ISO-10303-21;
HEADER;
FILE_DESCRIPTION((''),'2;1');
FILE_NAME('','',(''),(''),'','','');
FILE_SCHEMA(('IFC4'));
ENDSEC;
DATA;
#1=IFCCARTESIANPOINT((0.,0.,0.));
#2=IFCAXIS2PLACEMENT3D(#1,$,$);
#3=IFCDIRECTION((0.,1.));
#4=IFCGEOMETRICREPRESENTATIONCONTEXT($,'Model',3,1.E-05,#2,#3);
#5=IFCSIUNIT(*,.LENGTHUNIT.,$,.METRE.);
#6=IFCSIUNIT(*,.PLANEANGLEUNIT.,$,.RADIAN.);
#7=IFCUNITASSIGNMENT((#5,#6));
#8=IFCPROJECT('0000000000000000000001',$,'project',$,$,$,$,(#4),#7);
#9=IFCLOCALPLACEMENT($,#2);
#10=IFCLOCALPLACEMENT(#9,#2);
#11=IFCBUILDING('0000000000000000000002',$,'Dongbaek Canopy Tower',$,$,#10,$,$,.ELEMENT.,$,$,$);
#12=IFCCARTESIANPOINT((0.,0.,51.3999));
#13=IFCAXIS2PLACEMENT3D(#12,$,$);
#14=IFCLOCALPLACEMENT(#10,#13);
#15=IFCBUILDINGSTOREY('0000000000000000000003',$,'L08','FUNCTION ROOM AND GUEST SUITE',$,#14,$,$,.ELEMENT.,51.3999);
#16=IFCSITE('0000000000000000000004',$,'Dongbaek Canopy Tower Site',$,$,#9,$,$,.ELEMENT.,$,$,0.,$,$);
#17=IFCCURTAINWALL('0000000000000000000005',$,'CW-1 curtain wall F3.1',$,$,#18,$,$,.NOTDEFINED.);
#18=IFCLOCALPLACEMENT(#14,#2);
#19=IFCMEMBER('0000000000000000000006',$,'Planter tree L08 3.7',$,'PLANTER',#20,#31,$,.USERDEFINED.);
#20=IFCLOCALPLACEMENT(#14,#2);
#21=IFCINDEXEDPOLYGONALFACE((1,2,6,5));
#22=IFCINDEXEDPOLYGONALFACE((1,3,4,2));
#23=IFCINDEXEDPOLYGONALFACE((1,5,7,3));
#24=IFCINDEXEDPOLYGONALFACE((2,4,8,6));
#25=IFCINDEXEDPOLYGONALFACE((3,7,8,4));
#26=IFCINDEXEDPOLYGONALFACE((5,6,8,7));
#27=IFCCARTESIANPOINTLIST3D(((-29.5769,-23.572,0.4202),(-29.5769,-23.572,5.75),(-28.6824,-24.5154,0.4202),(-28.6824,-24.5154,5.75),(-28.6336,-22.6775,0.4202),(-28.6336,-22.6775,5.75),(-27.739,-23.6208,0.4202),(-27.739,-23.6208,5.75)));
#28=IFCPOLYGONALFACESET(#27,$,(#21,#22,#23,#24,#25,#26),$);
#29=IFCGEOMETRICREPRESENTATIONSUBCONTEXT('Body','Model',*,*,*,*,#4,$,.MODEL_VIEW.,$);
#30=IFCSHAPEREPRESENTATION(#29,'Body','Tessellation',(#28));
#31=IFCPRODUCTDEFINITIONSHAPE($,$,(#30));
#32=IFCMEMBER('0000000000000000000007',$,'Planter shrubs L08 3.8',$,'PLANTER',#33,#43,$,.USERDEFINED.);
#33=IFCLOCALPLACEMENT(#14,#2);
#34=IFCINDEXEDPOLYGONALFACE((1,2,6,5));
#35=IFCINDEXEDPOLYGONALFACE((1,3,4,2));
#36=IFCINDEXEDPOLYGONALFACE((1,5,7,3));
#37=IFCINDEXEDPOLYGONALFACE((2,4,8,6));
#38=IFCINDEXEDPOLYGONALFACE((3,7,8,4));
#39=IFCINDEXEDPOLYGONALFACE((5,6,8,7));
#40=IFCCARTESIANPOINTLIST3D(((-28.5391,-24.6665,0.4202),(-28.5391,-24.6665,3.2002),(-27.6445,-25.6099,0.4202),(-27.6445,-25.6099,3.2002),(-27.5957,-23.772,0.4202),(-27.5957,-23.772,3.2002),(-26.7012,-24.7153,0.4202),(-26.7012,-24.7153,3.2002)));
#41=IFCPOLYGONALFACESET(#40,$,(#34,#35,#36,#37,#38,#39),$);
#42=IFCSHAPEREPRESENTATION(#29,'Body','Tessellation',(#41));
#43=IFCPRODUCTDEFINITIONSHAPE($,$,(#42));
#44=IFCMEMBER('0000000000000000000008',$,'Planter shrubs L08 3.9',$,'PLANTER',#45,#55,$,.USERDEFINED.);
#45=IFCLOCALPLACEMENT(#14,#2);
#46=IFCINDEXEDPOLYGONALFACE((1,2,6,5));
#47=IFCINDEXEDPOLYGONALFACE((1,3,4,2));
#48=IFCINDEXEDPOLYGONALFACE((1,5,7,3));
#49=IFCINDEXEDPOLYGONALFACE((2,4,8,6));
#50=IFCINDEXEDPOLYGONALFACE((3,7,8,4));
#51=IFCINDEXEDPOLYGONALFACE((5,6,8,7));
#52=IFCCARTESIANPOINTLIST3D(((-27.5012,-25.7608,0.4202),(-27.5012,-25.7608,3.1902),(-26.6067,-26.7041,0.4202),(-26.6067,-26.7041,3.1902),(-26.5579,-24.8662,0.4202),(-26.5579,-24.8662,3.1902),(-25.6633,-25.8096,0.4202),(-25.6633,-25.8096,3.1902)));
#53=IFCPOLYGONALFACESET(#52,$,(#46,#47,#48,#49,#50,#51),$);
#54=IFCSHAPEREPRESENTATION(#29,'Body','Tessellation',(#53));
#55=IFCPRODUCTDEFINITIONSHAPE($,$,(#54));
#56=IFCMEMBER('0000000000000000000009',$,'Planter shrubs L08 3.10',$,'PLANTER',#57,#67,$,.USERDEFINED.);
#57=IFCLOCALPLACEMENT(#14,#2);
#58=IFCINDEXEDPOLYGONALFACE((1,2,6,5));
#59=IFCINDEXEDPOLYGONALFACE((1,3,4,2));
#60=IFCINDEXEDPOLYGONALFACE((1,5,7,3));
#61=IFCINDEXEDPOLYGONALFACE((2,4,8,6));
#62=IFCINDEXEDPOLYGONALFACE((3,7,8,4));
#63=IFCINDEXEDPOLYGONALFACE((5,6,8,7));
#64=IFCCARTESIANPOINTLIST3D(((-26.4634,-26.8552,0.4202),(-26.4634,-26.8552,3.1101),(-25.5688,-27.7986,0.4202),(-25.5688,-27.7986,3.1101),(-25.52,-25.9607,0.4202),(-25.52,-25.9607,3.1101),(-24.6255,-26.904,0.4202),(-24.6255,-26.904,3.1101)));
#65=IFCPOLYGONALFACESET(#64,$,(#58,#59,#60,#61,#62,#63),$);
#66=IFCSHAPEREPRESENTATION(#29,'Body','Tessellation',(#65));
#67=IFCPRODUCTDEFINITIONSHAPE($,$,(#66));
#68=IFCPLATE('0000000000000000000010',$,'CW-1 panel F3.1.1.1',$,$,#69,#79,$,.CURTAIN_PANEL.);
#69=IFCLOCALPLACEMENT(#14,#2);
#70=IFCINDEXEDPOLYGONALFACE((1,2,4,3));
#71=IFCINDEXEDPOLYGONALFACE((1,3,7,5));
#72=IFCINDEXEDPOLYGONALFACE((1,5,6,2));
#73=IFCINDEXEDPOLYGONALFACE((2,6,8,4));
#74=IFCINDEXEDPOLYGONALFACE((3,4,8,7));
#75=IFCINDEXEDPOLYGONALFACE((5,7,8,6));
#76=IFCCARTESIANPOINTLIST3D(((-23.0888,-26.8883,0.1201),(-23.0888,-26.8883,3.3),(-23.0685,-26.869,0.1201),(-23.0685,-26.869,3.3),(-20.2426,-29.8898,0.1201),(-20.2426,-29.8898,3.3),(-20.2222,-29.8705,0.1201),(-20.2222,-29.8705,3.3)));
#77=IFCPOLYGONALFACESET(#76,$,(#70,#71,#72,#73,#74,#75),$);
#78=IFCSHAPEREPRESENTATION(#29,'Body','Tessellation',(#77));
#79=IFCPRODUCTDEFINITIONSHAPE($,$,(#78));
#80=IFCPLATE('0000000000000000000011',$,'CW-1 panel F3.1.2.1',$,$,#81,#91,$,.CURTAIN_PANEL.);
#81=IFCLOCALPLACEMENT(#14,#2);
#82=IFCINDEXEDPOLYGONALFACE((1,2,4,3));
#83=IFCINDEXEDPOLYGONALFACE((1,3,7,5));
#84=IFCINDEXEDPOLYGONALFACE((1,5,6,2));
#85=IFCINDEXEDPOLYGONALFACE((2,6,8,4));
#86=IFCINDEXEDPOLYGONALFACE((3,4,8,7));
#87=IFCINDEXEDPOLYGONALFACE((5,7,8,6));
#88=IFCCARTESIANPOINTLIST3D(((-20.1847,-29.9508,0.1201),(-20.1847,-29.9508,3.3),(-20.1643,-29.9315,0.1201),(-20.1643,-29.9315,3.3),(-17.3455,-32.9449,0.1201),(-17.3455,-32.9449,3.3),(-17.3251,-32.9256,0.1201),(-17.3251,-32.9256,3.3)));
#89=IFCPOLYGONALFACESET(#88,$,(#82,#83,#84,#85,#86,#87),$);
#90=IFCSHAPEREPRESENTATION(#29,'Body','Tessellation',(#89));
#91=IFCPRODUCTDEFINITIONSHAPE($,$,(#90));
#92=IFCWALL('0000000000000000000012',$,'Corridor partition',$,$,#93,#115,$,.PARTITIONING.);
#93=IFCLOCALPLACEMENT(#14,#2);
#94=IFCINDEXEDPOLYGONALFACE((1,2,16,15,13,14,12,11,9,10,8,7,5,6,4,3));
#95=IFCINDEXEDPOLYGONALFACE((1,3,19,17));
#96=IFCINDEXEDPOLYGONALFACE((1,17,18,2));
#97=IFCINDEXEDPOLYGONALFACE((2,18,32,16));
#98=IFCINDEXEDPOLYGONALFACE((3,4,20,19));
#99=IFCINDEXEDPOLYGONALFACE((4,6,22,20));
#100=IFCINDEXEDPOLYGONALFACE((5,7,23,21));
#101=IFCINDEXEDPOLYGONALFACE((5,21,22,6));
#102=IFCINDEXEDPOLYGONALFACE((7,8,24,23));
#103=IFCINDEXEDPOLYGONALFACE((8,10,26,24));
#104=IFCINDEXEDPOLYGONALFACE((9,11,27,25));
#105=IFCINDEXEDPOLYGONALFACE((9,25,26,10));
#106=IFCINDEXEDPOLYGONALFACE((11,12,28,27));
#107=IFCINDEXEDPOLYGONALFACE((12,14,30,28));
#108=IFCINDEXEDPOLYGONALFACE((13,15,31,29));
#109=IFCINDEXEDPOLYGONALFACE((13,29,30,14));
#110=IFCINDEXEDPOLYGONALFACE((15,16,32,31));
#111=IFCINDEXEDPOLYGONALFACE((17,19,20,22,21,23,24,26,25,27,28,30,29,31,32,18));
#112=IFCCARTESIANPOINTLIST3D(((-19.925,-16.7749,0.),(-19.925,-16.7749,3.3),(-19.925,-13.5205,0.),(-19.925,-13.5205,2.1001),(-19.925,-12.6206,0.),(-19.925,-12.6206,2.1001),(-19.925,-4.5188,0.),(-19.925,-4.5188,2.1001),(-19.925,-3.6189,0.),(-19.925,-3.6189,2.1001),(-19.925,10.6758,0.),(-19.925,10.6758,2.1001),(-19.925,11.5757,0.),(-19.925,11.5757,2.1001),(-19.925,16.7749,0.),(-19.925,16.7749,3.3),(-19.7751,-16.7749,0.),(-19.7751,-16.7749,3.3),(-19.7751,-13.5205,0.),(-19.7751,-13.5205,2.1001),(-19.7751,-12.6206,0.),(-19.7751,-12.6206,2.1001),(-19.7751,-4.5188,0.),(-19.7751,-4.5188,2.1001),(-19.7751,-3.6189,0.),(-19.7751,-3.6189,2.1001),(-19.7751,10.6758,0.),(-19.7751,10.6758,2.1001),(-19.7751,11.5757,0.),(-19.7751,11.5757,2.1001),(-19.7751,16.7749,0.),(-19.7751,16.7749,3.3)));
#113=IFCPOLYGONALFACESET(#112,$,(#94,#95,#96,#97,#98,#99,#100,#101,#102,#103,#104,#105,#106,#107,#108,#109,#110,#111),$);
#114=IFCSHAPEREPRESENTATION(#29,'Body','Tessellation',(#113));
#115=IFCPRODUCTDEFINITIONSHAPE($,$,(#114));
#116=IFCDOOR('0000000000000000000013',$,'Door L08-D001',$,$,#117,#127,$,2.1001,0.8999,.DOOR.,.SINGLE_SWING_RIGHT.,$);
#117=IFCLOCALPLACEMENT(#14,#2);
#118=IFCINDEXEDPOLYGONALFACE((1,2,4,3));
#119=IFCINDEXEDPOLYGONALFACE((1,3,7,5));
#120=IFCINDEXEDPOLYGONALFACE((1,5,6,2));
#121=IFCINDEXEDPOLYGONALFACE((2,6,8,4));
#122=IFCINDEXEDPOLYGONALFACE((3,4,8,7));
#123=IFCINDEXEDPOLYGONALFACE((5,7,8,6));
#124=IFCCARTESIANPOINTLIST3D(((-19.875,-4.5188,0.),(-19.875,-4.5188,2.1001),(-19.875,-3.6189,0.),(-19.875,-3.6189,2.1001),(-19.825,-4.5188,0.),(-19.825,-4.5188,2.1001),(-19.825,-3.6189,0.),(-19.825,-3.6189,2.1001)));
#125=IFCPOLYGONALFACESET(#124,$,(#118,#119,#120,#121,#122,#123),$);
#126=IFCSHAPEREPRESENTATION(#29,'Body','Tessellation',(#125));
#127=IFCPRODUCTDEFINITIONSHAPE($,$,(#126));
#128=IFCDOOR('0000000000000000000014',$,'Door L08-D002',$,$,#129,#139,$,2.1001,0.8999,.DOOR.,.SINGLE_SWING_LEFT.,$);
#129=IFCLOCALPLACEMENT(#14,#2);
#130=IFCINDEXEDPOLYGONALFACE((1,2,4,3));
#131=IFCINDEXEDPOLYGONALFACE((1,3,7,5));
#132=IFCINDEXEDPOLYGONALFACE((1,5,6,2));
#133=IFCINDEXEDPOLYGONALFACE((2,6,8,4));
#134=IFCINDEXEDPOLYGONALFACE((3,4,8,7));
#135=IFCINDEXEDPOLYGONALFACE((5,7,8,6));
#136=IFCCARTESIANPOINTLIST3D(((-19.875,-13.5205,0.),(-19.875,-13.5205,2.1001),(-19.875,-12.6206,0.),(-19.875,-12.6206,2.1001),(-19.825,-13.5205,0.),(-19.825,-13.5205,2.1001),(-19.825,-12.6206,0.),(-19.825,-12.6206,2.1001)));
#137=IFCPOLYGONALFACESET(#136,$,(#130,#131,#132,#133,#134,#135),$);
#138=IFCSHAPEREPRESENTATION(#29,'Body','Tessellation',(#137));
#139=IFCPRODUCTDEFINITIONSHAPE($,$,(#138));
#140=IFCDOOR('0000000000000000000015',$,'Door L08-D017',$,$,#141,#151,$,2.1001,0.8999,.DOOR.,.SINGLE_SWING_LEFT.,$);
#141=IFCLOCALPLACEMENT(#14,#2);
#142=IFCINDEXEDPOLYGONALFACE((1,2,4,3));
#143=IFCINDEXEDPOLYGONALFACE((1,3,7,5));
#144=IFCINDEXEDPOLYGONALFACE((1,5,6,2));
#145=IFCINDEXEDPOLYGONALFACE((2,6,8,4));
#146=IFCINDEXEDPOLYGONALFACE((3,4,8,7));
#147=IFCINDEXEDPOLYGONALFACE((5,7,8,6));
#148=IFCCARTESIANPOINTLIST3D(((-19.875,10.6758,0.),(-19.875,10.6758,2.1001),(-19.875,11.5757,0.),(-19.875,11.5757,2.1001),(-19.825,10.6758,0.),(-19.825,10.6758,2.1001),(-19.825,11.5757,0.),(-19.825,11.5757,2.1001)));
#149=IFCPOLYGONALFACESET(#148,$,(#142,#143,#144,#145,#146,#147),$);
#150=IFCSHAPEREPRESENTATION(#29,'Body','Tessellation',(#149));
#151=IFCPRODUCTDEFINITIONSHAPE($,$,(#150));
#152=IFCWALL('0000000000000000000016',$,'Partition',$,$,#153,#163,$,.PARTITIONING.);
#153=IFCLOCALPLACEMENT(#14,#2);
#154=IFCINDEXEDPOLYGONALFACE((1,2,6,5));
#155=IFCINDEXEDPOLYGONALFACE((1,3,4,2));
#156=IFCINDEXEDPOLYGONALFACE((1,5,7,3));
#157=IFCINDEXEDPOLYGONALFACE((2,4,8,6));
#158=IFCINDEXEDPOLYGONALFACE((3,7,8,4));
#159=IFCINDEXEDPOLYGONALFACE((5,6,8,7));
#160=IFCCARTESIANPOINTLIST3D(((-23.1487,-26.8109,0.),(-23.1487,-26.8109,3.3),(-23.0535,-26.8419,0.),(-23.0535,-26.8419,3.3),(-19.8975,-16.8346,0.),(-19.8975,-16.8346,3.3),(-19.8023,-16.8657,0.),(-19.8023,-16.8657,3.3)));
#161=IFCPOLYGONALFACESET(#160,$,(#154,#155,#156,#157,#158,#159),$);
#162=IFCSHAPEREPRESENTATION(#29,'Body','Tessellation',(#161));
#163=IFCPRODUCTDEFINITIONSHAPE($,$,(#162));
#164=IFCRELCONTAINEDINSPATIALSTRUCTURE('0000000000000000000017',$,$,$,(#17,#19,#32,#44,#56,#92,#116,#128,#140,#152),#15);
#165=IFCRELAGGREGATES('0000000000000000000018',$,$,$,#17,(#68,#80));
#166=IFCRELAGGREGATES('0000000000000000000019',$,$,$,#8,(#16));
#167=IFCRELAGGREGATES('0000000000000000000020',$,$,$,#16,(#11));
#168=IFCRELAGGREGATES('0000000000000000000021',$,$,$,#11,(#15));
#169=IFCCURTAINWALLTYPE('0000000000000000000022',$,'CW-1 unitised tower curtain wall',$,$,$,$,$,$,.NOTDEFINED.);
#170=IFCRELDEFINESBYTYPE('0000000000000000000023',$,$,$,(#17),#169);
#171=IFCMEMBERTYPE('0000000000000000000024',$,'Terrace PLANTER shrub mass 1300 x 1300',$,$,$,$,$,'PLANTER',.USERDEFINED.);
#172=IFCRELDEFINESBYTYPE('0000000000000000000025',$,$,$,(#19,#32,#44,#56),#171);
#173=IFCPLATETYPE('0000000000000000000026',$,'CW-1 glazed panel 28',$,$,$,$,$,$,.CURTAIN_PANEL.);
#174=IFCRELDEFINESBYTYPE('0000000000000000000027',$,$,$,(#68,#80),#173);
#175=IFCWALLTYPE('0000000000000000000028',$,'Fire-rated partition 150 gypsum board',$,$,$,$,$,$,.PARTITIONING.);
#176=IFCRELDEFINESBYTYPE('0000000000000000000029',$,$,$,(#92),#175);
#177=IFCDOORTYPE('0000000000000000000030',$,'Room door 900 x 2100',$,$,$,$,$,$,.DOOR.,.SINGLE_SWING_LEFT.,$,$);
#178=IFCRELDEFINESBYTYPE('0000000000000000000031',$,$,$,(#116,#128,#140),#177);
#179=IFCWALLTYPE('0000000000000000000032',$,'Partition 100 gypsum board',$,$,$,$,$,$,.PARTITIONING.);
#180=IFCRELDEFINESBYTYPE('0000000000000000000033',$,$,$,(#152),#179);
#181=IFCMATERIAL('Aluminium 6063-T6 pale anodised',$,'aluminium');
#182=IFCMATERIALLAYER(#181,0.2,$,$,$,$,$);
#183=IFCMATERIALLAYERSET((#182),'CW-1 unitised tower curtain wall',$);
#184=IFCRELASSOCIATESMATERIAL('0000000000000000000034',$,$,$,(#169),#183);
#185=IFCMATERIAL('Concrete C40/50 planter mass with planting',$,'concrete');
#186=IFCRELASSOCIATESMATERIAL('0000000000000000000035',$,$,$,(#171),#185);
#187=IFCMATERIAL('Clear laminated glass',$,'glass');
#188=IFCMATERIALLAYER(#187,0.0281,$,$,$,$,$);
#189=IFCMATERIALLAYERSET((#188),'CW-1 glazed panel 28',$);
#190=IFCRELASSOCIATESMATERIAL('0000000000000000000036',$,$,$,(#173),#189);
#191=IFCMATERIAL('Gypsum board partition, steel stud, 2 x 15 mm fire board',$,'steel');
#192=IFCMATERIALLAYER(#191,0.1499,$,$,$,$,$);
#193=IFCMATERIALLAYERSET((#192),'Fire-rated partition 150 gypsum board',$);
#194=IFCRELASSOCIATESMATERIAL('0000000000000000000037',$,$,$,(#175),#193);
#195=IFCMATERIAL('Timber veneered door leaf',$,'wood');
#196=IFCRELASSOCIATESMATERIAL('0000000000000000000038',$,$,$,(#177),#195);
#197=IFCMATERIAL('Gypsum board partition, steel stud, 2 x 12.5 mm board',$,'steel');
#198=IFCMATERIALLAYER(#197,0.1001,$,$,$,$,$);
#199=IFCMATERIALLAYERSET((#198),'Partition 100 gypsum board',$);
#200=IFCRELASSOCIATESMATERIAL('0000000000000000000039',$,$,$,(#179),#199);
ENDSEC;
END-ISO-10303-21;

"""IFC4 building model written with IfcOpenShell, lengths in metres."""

from ifc_helpers import new_model, si_unit, direction, frame, frame_2d, origin, origin_2d, place, context, subcontext, project, spatial, rectangle, extrude, material, layer, layer_set, material_profile, profile_set, type_object, element, fill, aggregate, save


model = new_model("IFC4")

# Units and contexts
model_context = context("Model", 3, precision=1e-05, world=origin(), true_north=direction((0.0, 1.0)))
body_context = subcontext(model_context, "Body", "Model", "MODEL_VIEW")
ifc_project = project(units=[si_unit("LENGTHUNIT", "METRE"), si_unit("PLANEANGLEUNIT", "RADIAN")], contexts=[model_context])

# Site, building, storey
site_placement = place(None, origin())
site = spatial("IfcSite", under=ifc_project, at=site_placement, Name="Dongbaek Canopy Tower Site", CompositionType="ELEMENT", RefElevation=0.0)
building_placement = place(site_placement, origin())
building = spatial("IfcBuilding", under=site, at=building_placement, Name="Dongbaek Canopy Tower", CompositionType="ELEMENT")
storey_placement = place(building_placement, frame((0.0, 0.0, 51.3999)))
storey = spatial("IfcBuildingStorey", under=building, at=storey_placement, Name="L08", Description="FUNCTION ROOM AND GUEST SUITE", CompositionType="ELEMENT", Elevation=51.3999)

# Curtain wall
ifc_material_1 = material(Name="Aluminium 6063-T6 pale anodised", Category="aluminium")
ifc_layer_1 = layer(ifc_material_1, 0.2)
ifc_layer_set_1 = layer_set([ifc_layer_1], Name="CW-1 unitised tower curtain wall")
curtain_wall_type = type_object("IfcCurtainWallType", Name="CW-1 unitised tower curtain wall", PredefinedType="NOTDEFINED", material=ifc_layer_set_1)
curtain_wall_placement = place(storey_placement, origin())
curtain_wall = element("IfcCurtainWall", 1, at=curtain_wall_placement, inside=storey, type_object=curtain_wall_type, Name="CW-1 curtain wall F3.1", PredefinedType="NOTDEFINED")

# Members
ifc_material_2 = material(Name="Concrete C40/50 planter mass with planting", Category="concrete")
ifc_material_profile_1 = material_profile(ifc_material_2, rectangle(XDim=1.3, YDim=1.3, at=origin_2d()), Name="Terrace PLANTER shrub mass 1300 x 1300")
ifc_profile_set_1 = profile_set([ifc_material_profile_1], Name="Concrete C40/50 planter mass with planting")
member_type_1 = type_object("IfcMemberType", Name="Terrace PLANTER shrub mass 1300 x 1300", ElementType="PLANTER", PredefinedType="USERDEFINED", material=ifc_profile_set_1)
member_1_placement = place(storey_placement, frame((-28.658, -23.5964, 0.4202), z_axis=(0.0, 0.0, 1.0), x_axis=(-0.725627, -0.688089, 0.0)))
element("IfcMember", 2, at=member_1_placement, inside=storey, type_object=member_type_1, Name="Planter tree L08 3.7", ObjectType="PLANTER", PredefinedType="USERDEFINED", context=body_context, shape_type="SweptSolid", body=[
    extrude(rectangle(XDim=1.3, YDim=1.3, at=origin_2d()), origin(), (0.0, 0.0, 1.0), 5.3298),
])
member_2_placement = place(storey_placement, frame((-27.6201, -24.6909, 0.4202), z_axis=(0.0, 0.0, 1.0), x_axis=(-0.725627, -0.688089, 0.0)))
element("IfcMember", 3, at=member_2_placement, inside=storey, type_object=member_type_1, Name="Planter shrubs L08 3.8", ObjectType="PLANTER", PredefinedType="USERDEFINED", context=body_context, shape_type="SweptSolid", body=[
    extrude(rectangle(XDim=1.3, YDim=1.3, at=origin_2d()), origin(), (0.0, 0.0, 1.0), 2.78),
])
member_3_placement = place(storey_placement, frame((-26.5823, -25.7852, 0.4202), z_axis=(0.0, 0.0, 1.0), x_axis=(-0.725627, -0.688089, 0.0)))
element("IfcMember", 4, at=member_3_placement, inside=storey, type_object=member_type_1, Name="Planter shrubs L08 3.9", ObjectType="PLANTER", PredefinedType="USERDEFINED", context=body_context, shape_type="SweptSolid", body=[
    extrude(rectangle(XDim=1.3, YDim=1.3, at=origin_2d()), origin(), (0.0, 0.0, 1.0), 2.77),
])
member_4_placement = place(storey_placement, frame((-25.5444, -26.8796, 0.4202), z_axis=(0.0, 0.0, 1.0), x_axis=(-0.725627, -0.688089, 0.0)))
element("IfcMember", 5, at=member_4_placement, inside=storey, type_object=member_type_1, Name="Planter shrubs L08 3.10", ObjectType="PLANTER", PredefinedType="USERDEFINED", context=body_context, shape_type="SweptSolid", body=[
    extrude(rectangle(XDim=1.3, YDim=1.3, at=origin_2d()), origin(), (0.0, 0.0, 1.0), 2.6899),
])

# Plates
ifc_material_3 = material(Name="Clear laminated glass", Category="glass")
ifc_layer_2 = layer(ifc_material_3, 0.0281)
ifc_layer_set_2 = layer_set([ifc_layer_2], Name="CW-1 glazed panel 28")
plate_type = type_object("IfcPlateType", Name="CW-1 glazed panel 28", PredefinedType="CURTAIN_PANEL", material=ifc_layer_set_2)
plate_1_placement = place(storey_placement, frame((-21.6555, -28.3794, 0.1201), z_axis=(0.0, 0.0, 1.0), x_axis=(0.688089, -0.725627, 0.0)))
plate_1 = element("IfcPlate", 6, at=plate_1_placement, type_object=plate_type, Name="CW-1 panel F3.1.1.1", PredefinedType="CURTAIN_PANEL", context=body_context, shape_type="SweptSolid", body=[
    extrude(rectangle(XDim=4.1365, YDim=0.0281, at=origin_2d()), origin(), (0.0, 0.0, 1.0), 3.1799),
])
plate_2_placement = place(storey_placement, frame((-18.7549, -31.4382, 0.1201), z_axis=(0.0, 0.0, 1.0), x_axis=(0.688089, -0.725627, 0.0)))
plate_2 = element("IfcPlate", 7, at=plate_2_placement, type_object=plate_type, Name="CW-1 panel F3.1.2.1", PredefinedType="CURTAIN_PANEL", context=body_context, shape_type="SweptSolid", body=[
    extrude(rectangle(XDim=4.1262, YDim=0.0281, at=origin_2d()), origin(), (0.0, 0.0, 1.0), 3.1799),
])

# Wall, openings, doors
ifc_material_4 = material(Name="Gypsum board partition, steel stud, 2 x 15 mm fire board", Category="steel")
ifc_layer_3 = layer(ifc_material_4, 0.1499)
ifc_layer_set_3 = layer_set([ifc_layer_3], Name="Fire-rated partition 150 gypsum board")
wall_type_1 = type_object("IfcWallType", Name="Fire-rated partition 150 gypsum board", PredefinedType="PARTITIONING", material=ifc_layer_set_3)
wall_1_placement = place(storey_placement, frame((-19.8501, -16.7749, 0.0), z_axis=(0.0, 0.0, 1.0), x_axis=(0.0, 1.0, 0.0)))
wall_1 = element("IfcWall", 8, at=wall_1_placement, inside=storey, type_object=wall_type_1, Name="Corridor partition", PredefinedType="PARTITIONING", context=body_context, shape_type="SweptSolid", body=[
    extrude(rectangle(XDim=33.5498, YDim=0.1499, at=frame_2d((16.7749, 0.0))), origin(), (0.0, 0.0, 1.0), 3.3),
])
opening_1_placement = place(wall_1_placement, frame((12.2561, 0.0, 0.0)))
opening_1 = element("IfcOpeningElement", 9, at=opening_1_placement, cuts=wall_1, PredefinedType="OPENING", context=body_context, shape_type="SweptSolid", body=[
    extrude(rectangle(XDim=0.8999, YDim=2.1001, at=frame_2d((0.45, 1.05))), frame((0.0, 0.085, 0.0), z_axis=(0.0, -1.0, 0.0), x_axis=(1.0, 0.0, 0.0)), (0.0, 0.0, 1.0), 0.1699),
])
opening_2_placement = place(wall_1_placement, frame((3.2544, 0.0, 0.0)))
opening_2 = element("IfcOpeningElement", 10, at=opening_2_placement, cuts=wall_1, PredefinedType="OPENING", context=body_context, shape_type="SweptSolid", body=[
    extrude(rectangle(XDim=0.8999, YDim=2.1001, at=frame_2d((0.45, 1.05))), frame((0.0, 0.085, 0.0), z_axis=(0.0, -1.0, 0.0), x_axis=(1.0, 0.0, 0.0)), (0.0, 0.0, 1.0), 0.1699),
])
opening_3_placement = place(wall_1_placement, frame((27.4507, 0.0, 0.0)))
opening_3 = element("IfcOpeningElement", 11, at=opening_3_placement, cuts=wall_1, PredefinedType="OPENING", context=body_context, shape_type="SweptSolid", body=[
    extrude(rectangle(XDim=0.8999, YDim=2.1001, at=frame_2d((0.45, 1.05))), frame((0.0, 0.085, 0.0), z_axis=(0.0, -1.0, 0.0), x_axis=(1.0, 0.0, 0.0)), (0.0, 0.0, 1.0), 0.1699),
])
ifc_material_5 = material(Name="Timber veneered door leaf", Category="wood")
door_type = type_object("IfcDoorType", Name="Room door 900 x 2100", OperationType="SINGLE_SWING_LEFT", PredefinedType="DOOR", material=ifc_material_5)
door_1_placement = place(opening_1_placement, origin())
door_1 = element("IfcDoor", 12, at=door_1_placement, inside=storey, type_object=door_type, Name="Door L08-D001", OperationType="SINGLE_SWING_RIGHT", OverallHeight=2.1001, OverallWidth=0.8999, PredefinedType="DOOR", context=body_context, shape_type="SweptSolid", body=[
    extrude(rectangle(XDim=0.8999, YDim=2.1001, at=frame_2d((0.45, 1.05))), frame((0.0, 0.0249, 0.0), z_axis=(0.0, -1.0, 0.0), x_axis=(1.0, 0.0, 0.0)), (0.0, 0.0, 1.0), 0.05),
])
fill(opening_1, door_1)
door_2_placement = place(opening_2_placement, origin())
door_2 = element("IfcDoor", 13, at=door_2_placement, inside=storey, type_object=door_type, Name="Door L08-D002", OperationType="SINGLE_SWING_LEFT", OverallHeight=2.1001, OverallWidth=0.8999, PredefinedType="DOOR", context=body_context, shape_type="SweptSolid", body=[
    extrude(rectangle(XDim=0.8999, YDim=2.1001, at=frame_2d((0.45, 1.05))), frame((0.0, 0.0249, 0.0), z_axis=(0.0, -1.0, 0.0), x_axis=(1.0, 0.0, 0.0)), (0.0, 0.0, 1.0), 0.05),
])
fill(opening_2, door_2)
door_3_placement = place(opening_3_placement, origin())
door_3 = element("IfcDoor", 14, at=door_3_placement, inside=storey, type_object=door_type, Name="Door L08-D017", OperationType="SINGLE_SWING_LEFT", OverallHeight=2.1001, OverallWidth=0.8999, PredefinedType="DOOR", context=body_context, shape_type="SweptSolid", body=[
    extrude(rectangle(XDim=0.8999, YDim=2.1001, at=frame_2d((0.45, 1.05))), frame((0.0, 0.0249, 0.0), z_axis=(0.0, -1.0, 0.0), x_axis=(1.0, 0.0, 0.0)), (0.0, 0.0, 1.0), 0.05),
])
fill(opening_3, door_3)

# Wall
ifc_material_6 = material(Name="Gypsum board partition, steel stud, 2 x 12.5 mm board", Category="steel")
ifc_layer_4 = layer(ifc_material_6, 0.1001)
ifc_layer_set_4 = layer_set([ifc_layer_4], Name="Partition 100 gypsum board")
wall_type_2 = type_object("IfcWallType", Name="Partition 100 gypsum board", PredefinedType="PARTITIONING", material=ifc_layer_set_4)
wall_2_placement = place(storey_placement, frame((-23.1011, -26.8264, 0.0), z_axis=(0.0, 0.0, 1.0), x_axis=(0.309855, 0.950784, 0.0)))
element("IfcWall", 15, at=wall_2_placement, inside=storey, type_object=wall_type_2, Name="Partition", PredefinedType="PARTITIONING", context=body_context, shape_type="SweptSolid", body=[
    extrude(rectangle(XDim=10.4927, YDim=0.1001, at=frame_2d((5.2463, 0.0))), origin(), (0.0, 0.0, 1.0), 3.3),
])

aggregate(curtain_wall, [plate_1, plate_2])

save(model, "model.ifc")
